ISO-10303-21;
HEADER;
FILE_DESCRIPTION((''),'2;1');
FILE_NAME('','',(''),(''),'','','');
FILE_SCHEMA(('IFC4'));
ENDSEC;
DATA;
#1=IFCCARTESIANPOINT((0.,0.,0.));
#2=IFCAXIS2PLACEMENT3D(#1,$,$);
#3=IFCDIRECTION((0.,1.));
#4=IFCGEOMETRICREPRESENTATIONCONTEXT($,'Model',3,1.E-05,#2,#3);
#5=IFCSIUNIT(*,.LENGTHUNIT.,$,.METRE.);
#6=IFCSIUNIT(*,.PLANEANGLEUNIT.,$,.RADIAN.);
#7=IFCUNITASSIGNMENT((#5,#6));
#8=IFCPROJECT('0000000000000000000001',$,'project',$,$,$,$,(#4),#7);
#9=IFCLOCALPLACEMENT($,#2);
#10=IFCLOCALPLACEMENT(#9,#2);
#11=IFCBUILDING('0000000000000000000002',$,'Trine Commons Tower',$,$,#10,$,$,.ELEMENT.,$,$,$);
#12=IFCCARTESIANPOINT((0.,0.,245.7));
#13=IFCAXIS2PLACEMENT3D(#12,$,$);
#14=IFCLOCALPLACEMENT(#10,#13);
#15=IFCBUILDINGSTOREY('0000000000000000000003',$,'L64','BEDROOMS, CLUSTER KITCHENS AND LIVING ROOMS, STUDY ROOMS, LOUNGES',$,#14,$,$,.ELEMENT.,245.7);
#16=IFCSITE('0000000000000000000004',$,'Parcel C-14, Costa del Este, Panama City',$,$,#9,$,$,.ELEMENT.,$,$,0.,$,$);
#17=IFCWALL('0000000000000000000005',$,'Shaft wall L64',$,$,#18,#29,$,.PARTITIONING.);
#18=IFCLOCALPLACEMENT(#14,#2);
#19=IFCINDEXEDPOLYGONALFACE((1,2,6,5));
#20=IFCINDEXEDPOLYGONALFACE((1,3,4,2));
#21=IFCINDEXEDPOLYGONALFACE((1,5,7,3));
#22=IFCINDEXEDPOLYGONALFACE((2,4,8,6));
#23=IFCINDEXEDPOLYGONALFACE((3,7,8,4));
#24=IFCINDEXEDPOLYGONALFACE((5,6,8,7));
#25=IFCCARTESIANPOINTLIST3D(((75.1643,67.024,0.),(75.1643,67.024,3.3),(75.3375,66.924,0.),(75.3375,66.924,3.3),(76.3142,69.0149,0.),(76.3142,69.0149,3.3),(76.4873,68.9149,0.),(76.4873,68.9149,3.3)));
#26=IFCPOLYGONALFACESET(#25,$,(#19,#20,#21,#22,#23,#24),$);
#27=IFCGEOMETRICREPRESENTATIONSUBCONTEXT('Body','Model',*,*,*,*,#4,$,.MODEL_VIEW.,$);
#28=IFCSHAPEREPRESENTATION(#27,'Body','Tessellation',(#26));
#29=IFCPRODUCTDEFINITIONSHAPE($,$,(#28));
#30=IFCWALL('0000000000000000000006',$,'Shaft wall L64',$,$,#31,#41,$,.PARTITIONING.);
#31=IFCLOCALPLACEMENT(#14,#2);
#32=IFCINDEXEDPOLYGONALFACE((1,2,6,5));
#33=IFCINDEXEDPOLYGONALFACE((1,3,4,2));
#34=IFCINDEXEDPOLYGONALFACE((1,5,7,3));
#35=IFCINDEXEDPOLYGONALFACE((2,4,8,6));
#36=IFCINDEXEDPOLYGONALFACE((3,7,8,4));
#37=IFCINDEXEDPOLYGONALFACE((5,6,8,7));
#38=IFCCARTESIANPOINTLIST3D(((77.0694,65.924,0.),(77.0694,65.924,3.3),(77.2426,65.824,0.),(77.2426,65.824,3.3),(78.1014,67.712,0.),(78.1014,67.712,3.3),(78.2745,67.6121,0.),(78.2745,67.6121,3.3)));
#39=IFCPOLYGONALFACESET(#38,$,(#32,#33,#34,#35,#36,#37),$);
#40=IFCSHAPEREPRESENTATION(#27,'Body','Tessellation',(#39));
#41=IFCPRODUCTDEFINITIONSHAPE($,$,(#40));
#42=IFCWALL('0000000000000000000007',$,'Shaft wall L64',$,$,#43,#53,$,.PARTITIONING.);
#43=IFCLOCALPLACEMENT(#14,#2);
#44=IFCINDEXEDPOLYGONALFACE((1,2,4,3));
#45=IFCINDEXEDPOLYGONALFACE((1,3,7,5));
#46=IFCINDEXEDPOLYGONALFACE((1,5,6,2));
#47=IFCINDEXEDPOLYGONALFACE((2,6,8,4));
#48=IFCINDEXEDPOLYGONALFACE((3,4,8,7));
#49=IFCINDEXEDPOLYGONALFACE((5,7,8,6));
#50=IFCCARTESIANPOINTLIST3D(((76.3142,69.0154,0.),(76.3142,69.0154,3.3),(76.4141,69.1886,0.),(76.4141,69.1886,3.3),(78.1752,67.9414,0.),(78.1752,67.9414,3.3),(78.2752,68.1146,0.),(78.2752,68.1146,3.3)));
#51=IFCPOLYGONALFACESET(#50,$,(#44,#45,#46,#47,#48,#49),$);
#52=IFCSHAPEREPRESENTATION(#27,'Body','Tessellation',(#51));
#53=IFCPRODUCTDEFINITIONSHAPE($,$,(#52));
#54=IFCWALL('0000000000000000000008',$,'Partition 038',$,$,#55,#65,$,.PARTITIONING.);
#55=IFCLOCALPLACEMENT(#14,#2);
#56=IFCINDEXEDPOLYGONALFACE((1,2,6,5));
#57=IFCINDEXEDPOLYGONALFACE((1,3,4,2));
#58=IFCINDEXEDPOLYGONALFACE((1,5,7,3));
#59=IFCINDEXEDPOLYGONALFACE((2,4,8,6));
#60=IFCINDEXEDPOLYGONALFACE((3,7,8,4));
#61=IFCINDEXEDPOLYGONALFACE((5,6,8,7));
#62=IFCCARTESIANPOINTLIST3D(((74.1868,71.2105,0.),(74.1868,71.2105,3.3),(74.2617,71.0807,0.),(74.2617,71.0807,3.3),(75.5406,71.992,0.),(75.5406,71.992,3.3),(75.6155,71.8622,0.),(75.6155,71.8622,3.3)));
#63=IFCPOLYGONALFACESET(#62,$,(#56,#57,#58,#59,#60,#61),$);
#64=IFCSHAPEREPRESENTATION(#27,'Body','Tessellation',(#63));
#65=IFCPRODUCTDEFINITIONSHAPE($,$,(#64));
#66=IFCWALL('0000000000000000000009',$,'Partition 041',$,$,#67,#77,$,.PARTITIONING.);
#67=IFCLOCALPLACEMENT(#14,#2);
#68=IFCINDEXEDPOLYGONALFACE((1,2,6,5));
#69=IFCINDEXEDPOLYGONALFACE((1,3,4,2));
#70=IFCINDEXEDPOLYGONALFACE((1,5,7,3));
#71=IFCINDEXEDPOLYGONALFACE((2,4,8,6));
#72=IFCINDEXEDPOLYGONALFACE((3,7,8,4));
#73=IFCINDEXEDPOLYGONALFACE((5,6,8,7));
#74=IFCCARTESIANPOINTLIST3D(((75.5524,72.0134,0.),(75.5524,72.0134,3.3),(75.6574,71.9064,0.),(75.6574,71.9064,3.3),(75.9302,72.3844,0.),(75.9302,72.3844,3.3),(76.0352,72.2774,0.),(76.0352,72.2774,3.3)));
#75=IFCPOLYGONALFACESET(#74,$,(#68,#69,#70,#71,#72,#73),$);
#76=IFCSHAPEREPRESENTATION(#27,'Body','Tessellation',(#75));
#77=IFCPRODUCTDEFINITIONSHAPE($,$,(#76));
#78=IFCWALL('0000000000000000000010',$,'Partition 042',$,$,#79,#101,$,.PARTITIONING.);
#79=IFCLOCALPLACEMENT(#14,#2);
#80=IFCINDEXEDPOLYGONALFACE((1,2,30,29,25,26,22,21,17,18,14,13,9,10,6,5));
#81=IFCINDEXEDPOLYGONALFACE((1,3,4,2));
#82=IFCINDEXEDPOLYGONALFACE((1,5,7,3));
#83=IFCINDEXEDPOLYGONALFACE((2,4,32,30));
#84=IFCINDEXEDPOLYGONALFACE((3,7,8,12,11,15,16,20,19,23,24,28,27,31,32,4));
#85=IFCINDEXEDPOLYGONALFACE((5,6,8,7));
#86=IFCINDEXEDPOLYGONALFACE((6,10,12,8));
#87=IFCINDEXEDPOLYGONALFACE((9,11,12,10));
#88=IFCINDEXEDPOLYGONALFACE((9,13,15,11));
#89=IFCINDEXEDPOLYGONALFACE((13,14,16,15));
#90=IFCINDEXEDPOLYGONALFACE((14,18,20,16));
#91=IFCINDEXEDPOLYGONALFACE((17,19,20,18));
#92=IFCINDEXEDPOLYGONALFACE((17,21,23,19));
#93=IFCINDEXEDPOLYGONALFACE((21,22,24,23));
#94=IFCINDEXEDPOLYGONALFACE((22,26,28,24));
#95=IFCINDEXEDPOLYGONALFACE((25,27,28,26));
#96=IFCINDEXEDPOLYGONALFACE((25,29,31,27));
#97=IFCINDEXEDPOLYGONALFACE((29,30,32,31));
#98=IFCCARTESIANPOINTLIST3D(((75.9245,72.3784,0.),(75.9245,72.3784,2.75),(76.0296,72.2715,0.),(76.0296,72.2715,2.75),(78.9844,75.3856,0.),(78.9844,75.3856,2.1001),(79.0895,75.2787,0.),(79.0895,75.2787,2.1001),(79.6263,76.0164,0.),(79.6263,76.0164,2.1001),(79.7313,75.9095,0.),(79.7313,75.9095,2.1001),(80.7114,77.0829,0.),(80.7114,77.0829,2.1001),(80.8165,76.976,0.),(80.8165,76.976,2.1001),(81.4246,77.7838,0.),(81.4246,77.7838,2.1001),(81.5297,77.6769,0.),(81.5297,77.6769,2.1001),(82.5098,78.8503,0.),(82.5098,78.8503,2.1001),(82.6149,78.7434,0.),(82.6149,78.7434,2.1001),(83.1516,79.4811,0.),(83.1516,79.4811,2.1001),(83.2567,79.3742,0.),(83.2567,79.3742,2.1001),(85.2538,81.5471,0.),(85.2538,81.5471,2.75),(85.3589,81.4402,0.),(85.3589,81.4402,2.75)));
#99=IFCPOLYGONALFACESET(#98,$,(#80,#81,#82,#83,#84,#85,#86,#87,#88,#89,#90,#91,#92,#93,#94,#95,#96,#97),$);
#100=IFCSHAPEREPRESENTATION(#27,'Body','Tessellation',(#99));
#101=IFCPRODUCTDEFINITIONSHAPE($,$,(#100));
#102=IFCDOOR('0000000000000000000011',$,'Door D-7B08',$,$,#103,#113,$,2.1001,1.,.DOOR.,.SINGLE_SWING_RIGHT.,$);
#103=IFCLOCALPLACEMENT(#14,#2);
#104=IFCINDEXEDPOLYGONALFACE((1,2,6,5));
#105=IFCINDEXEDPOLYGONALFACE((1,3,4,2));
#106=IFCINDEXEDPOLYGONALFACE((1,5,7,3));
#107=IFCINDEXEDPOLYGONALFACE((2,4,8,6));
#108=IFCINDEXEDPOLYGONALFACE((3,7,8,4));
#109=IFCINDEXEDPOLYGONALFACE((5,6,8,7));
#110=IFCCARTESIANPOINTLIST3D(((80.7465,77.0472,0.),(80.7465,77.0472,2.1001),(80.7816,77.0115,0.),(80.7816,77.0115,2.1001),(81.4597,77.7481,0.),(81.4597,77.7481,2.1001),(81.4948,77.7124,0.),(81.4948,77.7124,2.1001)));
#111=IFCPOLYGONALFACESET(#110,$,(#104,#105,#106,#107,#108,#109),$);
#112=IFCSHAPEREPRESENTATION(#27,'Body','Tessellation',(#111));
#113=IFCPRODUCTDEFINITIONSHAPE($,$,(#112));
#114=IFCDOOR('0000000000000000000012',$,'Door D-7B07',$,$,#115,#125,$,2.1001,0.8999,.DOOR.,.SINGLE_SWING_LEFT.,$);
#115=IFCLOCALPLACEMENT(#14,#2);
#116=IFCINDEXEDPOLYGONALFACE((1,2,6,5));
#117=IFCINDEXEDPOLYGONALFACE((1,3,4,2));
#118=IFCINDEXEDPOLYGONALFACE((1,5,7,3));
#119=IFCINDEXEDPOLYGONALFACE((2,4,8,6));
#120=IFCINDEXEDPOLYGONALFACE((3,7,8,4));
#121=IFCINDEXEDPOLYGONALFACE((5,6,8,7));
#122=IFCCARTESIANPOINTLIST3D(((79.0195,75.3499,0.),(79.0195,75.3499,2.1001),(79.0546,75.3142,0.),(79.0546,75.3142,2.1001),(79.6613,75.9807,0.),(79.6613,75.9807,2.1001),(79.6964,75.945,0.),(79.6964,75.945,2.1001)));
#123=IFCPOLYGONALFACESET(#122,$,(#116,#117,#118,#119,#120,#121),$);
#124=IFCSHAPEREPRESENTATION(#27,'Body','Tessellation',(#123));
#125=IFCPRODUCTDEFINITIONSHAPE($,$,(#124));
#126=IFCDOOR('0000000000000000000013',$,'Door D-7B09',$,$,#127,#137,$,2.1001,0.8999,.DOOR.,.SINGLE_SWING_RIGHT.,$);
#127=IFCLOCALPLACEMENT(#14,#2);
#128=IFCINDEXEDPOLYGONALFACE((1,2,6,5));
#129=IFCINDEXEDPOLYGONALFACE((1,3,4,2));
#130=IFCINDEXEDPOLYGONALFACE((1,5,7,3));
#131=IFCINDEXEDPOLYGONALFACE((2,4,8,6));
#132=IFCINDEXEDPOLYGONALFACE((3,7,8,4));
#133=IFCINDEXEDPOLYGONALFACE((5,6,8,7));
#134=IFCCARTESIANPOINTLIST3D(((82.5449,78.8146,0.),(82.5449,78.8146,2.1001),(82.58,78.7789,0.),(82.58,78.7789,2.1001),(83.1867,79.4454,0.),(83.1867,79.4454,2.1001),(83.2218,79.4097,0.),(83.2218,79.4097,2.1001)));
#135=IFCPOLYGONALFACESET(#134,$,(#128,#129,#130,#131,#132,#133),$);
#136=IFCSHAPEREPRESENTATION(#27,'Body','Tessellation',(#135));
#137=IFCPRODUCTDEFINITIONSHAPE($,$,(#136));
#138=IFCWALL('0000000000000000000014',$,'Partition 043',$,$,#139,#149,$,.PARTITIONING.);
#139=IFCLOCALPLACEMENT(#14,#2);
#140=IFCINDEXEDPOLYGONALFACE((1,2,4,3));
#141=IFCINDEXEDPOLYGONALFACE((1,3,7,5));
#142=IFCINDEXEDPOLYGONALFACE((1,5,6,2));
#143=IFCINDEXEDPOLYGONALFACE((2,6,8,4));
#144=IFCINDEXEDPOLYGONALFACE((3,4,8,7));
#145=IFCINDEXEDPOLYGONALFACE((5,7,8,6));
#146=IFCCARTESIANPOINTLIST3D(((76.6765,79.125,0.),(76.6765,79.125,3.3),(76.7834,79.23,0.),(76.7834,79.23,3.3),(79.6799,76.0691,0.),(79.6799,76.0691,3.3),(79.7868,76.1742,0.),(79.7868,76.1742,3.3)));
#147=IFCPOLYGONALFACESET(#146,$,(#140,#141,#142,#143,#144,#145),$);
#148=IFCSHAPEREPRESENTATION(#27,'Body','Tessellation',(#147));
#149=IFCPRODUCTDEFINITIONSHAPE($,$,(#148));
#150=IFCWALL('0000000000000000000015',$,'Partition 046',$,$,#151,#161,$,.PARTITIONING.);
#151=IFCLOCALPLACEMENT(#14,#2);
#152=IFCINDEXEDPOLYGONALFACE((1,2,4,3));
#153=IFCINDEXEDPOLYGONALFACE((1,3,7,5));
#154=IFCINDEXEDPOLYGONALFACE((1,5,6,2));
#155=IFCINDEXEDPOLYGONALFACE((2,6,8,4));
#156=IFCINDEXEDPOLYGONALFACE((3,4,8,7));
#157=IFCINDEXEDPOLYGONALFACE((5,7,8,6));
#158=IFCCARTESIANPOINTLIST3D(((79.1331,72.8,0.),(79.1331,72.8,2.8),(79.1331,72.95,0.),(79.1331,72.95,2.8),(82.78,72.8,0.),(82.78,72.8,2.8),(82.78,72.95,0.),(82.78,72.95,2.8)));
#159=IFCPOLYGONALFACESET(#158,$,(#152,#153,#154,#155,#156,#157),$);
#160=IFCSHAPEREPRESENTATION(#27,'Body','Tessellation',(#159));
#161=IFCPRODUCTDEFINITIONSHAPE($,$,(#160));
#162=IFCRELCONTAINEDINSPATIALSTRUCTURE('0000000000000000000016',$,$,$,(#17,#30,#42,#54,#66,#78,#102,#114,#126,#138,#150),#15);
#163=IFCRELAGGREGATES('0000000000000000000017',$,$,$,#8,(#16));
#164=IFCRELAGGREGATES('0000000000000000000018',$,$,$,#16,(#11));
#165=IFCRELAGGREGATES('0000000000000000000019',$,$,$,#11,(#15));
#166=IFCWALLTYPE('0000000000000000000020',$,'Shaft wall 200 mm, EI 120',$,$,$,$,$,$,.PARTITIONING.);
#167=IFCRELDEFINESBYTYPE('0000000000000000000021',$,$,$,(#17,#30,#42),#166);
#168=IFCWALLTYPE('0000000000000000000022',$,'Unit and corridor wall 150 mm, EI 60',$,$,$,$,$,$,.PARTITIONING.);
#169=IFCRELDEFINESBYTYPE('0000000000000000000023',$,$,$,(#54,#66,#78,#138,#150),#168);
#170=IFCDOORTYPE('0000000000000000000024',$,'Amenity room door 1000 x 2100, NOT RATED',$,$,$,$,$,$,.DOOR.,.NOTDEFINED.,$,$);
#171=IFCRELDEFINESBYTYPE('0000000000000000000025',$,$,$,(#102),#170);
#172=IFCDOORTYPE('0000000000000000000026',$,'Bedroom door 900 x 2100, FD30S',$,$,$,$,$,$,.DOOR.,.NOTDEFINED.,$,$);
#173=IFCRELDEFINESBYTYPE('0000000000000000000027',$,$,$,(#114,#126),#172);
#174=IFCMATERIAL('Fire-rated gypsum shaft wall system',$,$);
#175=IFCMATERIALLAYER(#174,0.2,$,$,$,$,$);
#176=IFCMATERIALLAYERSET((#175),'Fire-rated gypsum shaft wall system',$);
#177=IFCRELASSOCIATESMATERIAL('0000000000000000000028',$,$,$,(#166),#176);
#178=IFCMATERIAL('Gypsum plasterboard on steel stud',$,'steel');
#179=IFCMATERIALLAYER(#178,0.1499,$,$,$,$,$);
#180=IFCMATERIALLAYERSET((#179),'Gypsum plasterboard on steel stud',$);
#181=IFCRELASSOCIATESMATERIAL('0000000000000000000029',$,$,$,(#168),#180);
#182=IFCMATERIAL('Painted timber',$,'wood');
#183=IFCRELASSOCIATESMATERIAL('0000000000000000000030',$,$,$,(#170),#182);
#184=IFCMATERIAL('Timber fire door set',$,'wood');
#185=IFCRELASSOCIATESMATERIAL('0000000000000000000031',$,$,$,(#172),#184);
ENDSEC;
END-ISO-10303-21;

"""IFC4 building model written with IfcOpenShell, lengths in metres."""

from ifc_helpers import new_model, si_unit, direction, frame, frame_2d, origin, place, context, subcontext, project, spatial, rectangle, extrude, material, layer, layer_set, type_object, element, fill, save


model = new_model("IFC4")

# Units and contexts
model_context = context("Model", 3, precision=1e-05, world=origin(), true_north=direction((0.0, 1.0)))
body_context = subcontext(model_context, "Body", "Model", "MODEL_VIEW")
ifc_project = project(units=[si_unit("LENGTHUNIT", "METRE"), si_unit("PLANEANGLEUNIT", "RADIAN")], contexts=[model_context])

# Site, building, storey
site_placement = place(None, origin())
site = spatial("IfcSite", under=ifc_project, at=site_placement, Name="Parcel C-14, Costa del Este, Panama City", CompositionType="ELEMENT", RefElevation=0.0)
building_placement = place(site_placement, origin())
building = spatial("IfcBuilding", under=site, at=building_placement, Name="Trine Commons Tower", CompositionType="ELEMENT")
storey_placement = place(building_placement, frame((0.0, 0.0, 245.7)))
storey = spatial("IfcBuildingStorey", under=building, at=storey_placement, Name="L64", Description="BEDROOMS, CLUSTER KITCHENS AND LIVING ROOMS, STUDY ROOMS, LOUNGES", CompositionType="ELEMENT", Elevation=245.7)

# Shared definitions
ifc_material_1 = material(Name="Fire-rated gypsum shaft wall system")

# Walls
ifc_layer_1 = layer(ifc_material_1, 0.2)
ifc_layer_set_1 = layer_set([ifc_layer_1], Name="Fire-rated gypsum shaft wall system")
wall_type_1 = type_object("IfcWallType", Name="Shaft wall 200 mm, EI 120", PredefinedType="PARTITIONING", material=ifc_layer_set_1)
wall_1_placement = place(storey_placement, frame((75.251, 66.9741, 0.0), z_axis=(0.0, 0.0, 1.0), x_axis=(0.500136, 0.865947, 0.0)))
element("IfcWall", 1, at=wall_1_placement, inside=storey, type_object=wall_type_1, Name="Shaft wall L64", PredefinedType="PARTITIONING", context=body_context, shape_type="SweptSolid", body=[
    extrude(rectangle(XDim=2.2991, YDim=0.2, at=frame_2d((1.1494, 0.0))), origin(), (0.0, 0.0, 1.0), 3.3),
])
wall_2_placement = place(storey_placement, frame((77.156, 65.874, 0.0), z_axis=(0.0, 0.0, 1.0), x_axis=(0.499866, 0.866103, 0.0)))
element("IfcWall", 2, at=wall_2_placement, inside=storey, type_object=wall_type_1, Name="Shaft wall L64", PredefinedType="PARTITIONING", context=body_context, shape_type="SweptSolid", body=[
    extrude(rectangle(XDim=2.0645, YDim=0.2, at=frame_2d((1.0322, 0.0))), origin(), (0.0, 0.0, 1.0), 3.3),
])
wall_3_placement = place(storey_placement, frame((78.2251, 68.0281, 0.0), z_axis=(0.0, 0.0, 1.0), x_axis=(-0.866131, 0.499818, 0.0)))
element("IfcWall", 3, at=wall_3_placement, inside=storey, type_object=wall_type_1, Name="Shaft wall L64", PredefinedType="PARTITIONING", context=body_context, shape_type="SweptSolid", body=[
    extrude(rectangle(XDim=2.1487, YDim=0.2, at=frame_2d((1.0742, 0.0))), origin(), (0.0, 0.0, 1.0), 3.3),
])
ifc_material_2 = material(Name="Gypsum plasterboard on steel stud", Category="steel")
ifc_layer_2 = layer(ifc_material_2, 0.1499)
ifc_layer_set_2 = layer_set([ifc_layer_2], Name="Gypsum plasterboard on steel stud")
wall_type_2 = type_object("IfcWallType", Name="Unit and corridor wall 150 mm, EI 60", PredefinedType="PARTITIONING", material=ifc_layer_set_2)
wall_4_placement = place(storey_placement, frame((74.2241, 71.1455, 0.0), z_axis=(0.0, 0.0, 1.0), x_axis=(0.866053, 0.499952, 0.0)))
element("IfcWall", 4, at=wall_4_placement, inside=storey, type_object=wall_type_2, Name="Partition 038", PredefinedType="PARTITIONING", context=body_context, shape_type="SweptSolid", body=[
    extrude(rectangle(XDim=1.5632, YDim=0.1499, at=frame_2d((0.7817, 0.0))), origin(), (0.0, 0.0, 1.0), 3.3),
])
wall_5_placement = place(storey_placement, frame((75.605, 71.96, 0.0), z_axis=(0.0, 0.0, 1.0), x_axis=(0.71353, 0.700624, 0.0)))
element("IfcWall", 5, at=wall_5_placement, inside=storey, type_object=wall_type_2, Name="Partition 041", PredefinedType="PARTITIONING", context=body_context, shape_type="SweptSolid", body=[
    extrude(rectangle(XDim=0.5295, YDim=0.1499, at=frame_2d((0.2646, 0.0))), origin(), (0.0, 0.0, 1.0), 3.3),
])

# Wall, openings, doors
wall_6_placement = place(storey_placement, frame((75.9771, 72.325, 0.0), z_axis=(0.0, 0.0, 1.0), x_axis=(0.713221, 0.70094, 0.0)))
wall_6 = element("IfcWall", 6, at=wall_6_placement, inside=storey, type_object=wall_type_2, Name="Partition 042", PredefinedType="PARTITIONING", context=body_context, shape_type="SweptSolid", body=[
    extrude(rectangle(XDim=13.0806, YDim=0.1499, at=frame_2d((6.5403, 0.0))), origin(), (0.0, 0.0, 1.0), 2.75),
])
opening_1_placement = place(wall_6_placement, frame((4.2903, 0.0, 0.0)))
opening_1 = element("IfcOpeningElement", 7, at=opening_1_placement, cuts=wall_6, PredefinedType="OPENING", context=body_context, shape_type="SweptSolid", body=[
    extrude(rectangle(XDim=0.8999, YDim=2.1001, at=frame_2d((0.45, 1.05))), frame((0.0, 0.085, 0.0), z_axis=(0.0, -1.0, 0.0), x_axis=(1.0, 0.0, 0.0)), (0.0, 0.0, 1.0), 0.1699),
])
opening_2_placement = place(wall_6_placement, frame((6.7117, 0.0, 0.0)))
opening_2 = element("IfcOpeningElement", 8, at=opening_2_placement, cuts=wall_6, PredefinedType="OPENING", context=body_context, shape_type="SweptSolid", body=[
    extrude(rectangle(XDim=1.0, YDim=2.1001, at=frame_2d((0.5, 1.05))), frame((0.0, 0.085, 0.0), z_axis=(0.0, -1.0, 0.0), x_axis=(1.0, 0.0, 0.0)), (0.0, 0.0, 1.0), 0.1699),
])
opening_3_placement = place(wall_6_placement, frame((9.2332, 0.0, 0.0)))
opening_3 = element("IfcOpeningElement", 9, at=opening_3_placement, cuts=wall_6, PredefinedType="OPENING", context=body_context, shape_type="SweptSolid", body=[
    extrude(rectangle(XDim=0.8999, YDim=2.1001, at=frame_2d((0.45, 1.05))), frame((0.0, 0.085, 0.0), z_axis=(0.0, -1.0, 0.0), x_axis=(1.0, 0.0, 0.0)), (0.0, 0.0, 1.0), 0.1699),
])
ifc_material_3 = material(Name="Painted timber", Category="wood")
door_type_1 = type_object("IfcDoorType", Name="Amenity room door 1000 x 2100, NOT RATED", OperationType="NOTDEFINED", PredefinedType="DOOR", material=ifc_material_3)
door_1_placement = place(opening_2_placement, origin())
door_1 = element("IfcDoor", 10, at=door_1_placement, inside=storey, type_object=door_type_1, Name="Door D-7B08", OperationType="SINGLE_SWING_RIGHT", OverallHeight=2.1001, OverallWidth=1.0, PredefinedType="DOOR", context=body_context, shape_type="SweptSolid", body=[
    extrude(rectangle(XDim=1.0, YDim=2.1001, at=frame_2d((0.5, 1.05))), frame((0.0, 0.0249, 0.0), z_axis=(0.0, -1.0, 0.0), x_axis=(1.0, 0.0, 0.0)), (0.0, 0.0, 1.0), 0.05),
])
fill(opening_2, door_1)
ifc_material_4 = material(Name="Timber fire door set", Category="wood")
door_type_2 = type_object("IfcDoorType", Name="Bedroom door 900 x 2100, FD30S", OperationType="NOTDEFINED", PredefinedType="DOOR", material=ifc_material_4)
door_2_placement = place(opening_1_placement, origin())
door_2 = element("IfcDoor", 11, at=door_2_placement, inside=storey, type_object=door_type_2, Name="Door D-7B07", OperationType="SINGLE_SWING_LEFT", OverallHeight=2.1001, OverallWidth=0.8999, PredefinedType="DOOR", context=body_context, shape_type="SweptSolid", body=[
    extrude(rectangle(XDim=0.8999, YDim=2.1001, at=frame_2d((0.45, 1.05))), frame((0.0, 0.0249, 0.0), z_axis=(0.0, -1.0, 0.0), x_axis=(1.0, 0.0, 0.0)), (0.0, 0.0, 1.0), 0.05),
])
fill(opening_1, door_2)
door_3_placement = place(opening_3_placement, origin())
door_3 = element("IfcDoor", 12, at=door_3_placement, inside=storey, type_object=door_type_2, Name="Door D-7B09", OperationType="SINGLE_SWING_RIGHT", OverallHeight=2.1001, OverallWidth=0.8999, PredefinedType="DOOR", context=body_context, shape_type="SweptSolid", body=[
    extrude(rectangle(XDim=0.8999, YDim=2.1001, at=frame_2d((0.45, 1.05))), frame((0.0, 0.0249, 0.0), z_axis=(0.0, -1.0, 0.0), x_axis=(1.0, 0.0, 0.0)), (0.0, 0.0, 1.0), 0.05),
])
fill(opening_3, door_3)

# Walls
wall_7_placement = place(storey_placement, frame((76.73, 79.1775, 0.0), z_axis=(0.0, 0.0, 1.0), x_axis=(0.700955, -0.713205, 0.0)))
element("IfcWall", 13, at=wall_7_placement, inside=storey, type_object=wall_type_2, Name="Partition 043", PredefinedType="PARTITIONING", context=body_context, shape_type="SweptSolid", body=[
    extrude(rectangle(XDim=4.2847, YDim=0.1499, at=frame_2d((2.1423, 0.0))), origin(), (0.0, 0.0, 1.0), 3.3),
])
wall_8_placement = place(storey_placement, frame((79.1331, 72.875, 0.0), z_axis=(0.0, 0.0, 1.0), x_axis=(1.0, 0.0, 0.0)))
element("IfcWall", 14, at=wall_8_placement, inside=storey, type_object=wall_type_2, Name="Partition 046", PredefinedType="PARTITIONING", context=body_context, shape_type="SweptSolid", body=[
    extrude(rectangle(XDim=3.647, YDim=0.1499, at=frame_2d((1.8235, 0.0))), origin(), (0.0, 0.0, 1.0), 2.8),
])

save(model, "model.ifc")
